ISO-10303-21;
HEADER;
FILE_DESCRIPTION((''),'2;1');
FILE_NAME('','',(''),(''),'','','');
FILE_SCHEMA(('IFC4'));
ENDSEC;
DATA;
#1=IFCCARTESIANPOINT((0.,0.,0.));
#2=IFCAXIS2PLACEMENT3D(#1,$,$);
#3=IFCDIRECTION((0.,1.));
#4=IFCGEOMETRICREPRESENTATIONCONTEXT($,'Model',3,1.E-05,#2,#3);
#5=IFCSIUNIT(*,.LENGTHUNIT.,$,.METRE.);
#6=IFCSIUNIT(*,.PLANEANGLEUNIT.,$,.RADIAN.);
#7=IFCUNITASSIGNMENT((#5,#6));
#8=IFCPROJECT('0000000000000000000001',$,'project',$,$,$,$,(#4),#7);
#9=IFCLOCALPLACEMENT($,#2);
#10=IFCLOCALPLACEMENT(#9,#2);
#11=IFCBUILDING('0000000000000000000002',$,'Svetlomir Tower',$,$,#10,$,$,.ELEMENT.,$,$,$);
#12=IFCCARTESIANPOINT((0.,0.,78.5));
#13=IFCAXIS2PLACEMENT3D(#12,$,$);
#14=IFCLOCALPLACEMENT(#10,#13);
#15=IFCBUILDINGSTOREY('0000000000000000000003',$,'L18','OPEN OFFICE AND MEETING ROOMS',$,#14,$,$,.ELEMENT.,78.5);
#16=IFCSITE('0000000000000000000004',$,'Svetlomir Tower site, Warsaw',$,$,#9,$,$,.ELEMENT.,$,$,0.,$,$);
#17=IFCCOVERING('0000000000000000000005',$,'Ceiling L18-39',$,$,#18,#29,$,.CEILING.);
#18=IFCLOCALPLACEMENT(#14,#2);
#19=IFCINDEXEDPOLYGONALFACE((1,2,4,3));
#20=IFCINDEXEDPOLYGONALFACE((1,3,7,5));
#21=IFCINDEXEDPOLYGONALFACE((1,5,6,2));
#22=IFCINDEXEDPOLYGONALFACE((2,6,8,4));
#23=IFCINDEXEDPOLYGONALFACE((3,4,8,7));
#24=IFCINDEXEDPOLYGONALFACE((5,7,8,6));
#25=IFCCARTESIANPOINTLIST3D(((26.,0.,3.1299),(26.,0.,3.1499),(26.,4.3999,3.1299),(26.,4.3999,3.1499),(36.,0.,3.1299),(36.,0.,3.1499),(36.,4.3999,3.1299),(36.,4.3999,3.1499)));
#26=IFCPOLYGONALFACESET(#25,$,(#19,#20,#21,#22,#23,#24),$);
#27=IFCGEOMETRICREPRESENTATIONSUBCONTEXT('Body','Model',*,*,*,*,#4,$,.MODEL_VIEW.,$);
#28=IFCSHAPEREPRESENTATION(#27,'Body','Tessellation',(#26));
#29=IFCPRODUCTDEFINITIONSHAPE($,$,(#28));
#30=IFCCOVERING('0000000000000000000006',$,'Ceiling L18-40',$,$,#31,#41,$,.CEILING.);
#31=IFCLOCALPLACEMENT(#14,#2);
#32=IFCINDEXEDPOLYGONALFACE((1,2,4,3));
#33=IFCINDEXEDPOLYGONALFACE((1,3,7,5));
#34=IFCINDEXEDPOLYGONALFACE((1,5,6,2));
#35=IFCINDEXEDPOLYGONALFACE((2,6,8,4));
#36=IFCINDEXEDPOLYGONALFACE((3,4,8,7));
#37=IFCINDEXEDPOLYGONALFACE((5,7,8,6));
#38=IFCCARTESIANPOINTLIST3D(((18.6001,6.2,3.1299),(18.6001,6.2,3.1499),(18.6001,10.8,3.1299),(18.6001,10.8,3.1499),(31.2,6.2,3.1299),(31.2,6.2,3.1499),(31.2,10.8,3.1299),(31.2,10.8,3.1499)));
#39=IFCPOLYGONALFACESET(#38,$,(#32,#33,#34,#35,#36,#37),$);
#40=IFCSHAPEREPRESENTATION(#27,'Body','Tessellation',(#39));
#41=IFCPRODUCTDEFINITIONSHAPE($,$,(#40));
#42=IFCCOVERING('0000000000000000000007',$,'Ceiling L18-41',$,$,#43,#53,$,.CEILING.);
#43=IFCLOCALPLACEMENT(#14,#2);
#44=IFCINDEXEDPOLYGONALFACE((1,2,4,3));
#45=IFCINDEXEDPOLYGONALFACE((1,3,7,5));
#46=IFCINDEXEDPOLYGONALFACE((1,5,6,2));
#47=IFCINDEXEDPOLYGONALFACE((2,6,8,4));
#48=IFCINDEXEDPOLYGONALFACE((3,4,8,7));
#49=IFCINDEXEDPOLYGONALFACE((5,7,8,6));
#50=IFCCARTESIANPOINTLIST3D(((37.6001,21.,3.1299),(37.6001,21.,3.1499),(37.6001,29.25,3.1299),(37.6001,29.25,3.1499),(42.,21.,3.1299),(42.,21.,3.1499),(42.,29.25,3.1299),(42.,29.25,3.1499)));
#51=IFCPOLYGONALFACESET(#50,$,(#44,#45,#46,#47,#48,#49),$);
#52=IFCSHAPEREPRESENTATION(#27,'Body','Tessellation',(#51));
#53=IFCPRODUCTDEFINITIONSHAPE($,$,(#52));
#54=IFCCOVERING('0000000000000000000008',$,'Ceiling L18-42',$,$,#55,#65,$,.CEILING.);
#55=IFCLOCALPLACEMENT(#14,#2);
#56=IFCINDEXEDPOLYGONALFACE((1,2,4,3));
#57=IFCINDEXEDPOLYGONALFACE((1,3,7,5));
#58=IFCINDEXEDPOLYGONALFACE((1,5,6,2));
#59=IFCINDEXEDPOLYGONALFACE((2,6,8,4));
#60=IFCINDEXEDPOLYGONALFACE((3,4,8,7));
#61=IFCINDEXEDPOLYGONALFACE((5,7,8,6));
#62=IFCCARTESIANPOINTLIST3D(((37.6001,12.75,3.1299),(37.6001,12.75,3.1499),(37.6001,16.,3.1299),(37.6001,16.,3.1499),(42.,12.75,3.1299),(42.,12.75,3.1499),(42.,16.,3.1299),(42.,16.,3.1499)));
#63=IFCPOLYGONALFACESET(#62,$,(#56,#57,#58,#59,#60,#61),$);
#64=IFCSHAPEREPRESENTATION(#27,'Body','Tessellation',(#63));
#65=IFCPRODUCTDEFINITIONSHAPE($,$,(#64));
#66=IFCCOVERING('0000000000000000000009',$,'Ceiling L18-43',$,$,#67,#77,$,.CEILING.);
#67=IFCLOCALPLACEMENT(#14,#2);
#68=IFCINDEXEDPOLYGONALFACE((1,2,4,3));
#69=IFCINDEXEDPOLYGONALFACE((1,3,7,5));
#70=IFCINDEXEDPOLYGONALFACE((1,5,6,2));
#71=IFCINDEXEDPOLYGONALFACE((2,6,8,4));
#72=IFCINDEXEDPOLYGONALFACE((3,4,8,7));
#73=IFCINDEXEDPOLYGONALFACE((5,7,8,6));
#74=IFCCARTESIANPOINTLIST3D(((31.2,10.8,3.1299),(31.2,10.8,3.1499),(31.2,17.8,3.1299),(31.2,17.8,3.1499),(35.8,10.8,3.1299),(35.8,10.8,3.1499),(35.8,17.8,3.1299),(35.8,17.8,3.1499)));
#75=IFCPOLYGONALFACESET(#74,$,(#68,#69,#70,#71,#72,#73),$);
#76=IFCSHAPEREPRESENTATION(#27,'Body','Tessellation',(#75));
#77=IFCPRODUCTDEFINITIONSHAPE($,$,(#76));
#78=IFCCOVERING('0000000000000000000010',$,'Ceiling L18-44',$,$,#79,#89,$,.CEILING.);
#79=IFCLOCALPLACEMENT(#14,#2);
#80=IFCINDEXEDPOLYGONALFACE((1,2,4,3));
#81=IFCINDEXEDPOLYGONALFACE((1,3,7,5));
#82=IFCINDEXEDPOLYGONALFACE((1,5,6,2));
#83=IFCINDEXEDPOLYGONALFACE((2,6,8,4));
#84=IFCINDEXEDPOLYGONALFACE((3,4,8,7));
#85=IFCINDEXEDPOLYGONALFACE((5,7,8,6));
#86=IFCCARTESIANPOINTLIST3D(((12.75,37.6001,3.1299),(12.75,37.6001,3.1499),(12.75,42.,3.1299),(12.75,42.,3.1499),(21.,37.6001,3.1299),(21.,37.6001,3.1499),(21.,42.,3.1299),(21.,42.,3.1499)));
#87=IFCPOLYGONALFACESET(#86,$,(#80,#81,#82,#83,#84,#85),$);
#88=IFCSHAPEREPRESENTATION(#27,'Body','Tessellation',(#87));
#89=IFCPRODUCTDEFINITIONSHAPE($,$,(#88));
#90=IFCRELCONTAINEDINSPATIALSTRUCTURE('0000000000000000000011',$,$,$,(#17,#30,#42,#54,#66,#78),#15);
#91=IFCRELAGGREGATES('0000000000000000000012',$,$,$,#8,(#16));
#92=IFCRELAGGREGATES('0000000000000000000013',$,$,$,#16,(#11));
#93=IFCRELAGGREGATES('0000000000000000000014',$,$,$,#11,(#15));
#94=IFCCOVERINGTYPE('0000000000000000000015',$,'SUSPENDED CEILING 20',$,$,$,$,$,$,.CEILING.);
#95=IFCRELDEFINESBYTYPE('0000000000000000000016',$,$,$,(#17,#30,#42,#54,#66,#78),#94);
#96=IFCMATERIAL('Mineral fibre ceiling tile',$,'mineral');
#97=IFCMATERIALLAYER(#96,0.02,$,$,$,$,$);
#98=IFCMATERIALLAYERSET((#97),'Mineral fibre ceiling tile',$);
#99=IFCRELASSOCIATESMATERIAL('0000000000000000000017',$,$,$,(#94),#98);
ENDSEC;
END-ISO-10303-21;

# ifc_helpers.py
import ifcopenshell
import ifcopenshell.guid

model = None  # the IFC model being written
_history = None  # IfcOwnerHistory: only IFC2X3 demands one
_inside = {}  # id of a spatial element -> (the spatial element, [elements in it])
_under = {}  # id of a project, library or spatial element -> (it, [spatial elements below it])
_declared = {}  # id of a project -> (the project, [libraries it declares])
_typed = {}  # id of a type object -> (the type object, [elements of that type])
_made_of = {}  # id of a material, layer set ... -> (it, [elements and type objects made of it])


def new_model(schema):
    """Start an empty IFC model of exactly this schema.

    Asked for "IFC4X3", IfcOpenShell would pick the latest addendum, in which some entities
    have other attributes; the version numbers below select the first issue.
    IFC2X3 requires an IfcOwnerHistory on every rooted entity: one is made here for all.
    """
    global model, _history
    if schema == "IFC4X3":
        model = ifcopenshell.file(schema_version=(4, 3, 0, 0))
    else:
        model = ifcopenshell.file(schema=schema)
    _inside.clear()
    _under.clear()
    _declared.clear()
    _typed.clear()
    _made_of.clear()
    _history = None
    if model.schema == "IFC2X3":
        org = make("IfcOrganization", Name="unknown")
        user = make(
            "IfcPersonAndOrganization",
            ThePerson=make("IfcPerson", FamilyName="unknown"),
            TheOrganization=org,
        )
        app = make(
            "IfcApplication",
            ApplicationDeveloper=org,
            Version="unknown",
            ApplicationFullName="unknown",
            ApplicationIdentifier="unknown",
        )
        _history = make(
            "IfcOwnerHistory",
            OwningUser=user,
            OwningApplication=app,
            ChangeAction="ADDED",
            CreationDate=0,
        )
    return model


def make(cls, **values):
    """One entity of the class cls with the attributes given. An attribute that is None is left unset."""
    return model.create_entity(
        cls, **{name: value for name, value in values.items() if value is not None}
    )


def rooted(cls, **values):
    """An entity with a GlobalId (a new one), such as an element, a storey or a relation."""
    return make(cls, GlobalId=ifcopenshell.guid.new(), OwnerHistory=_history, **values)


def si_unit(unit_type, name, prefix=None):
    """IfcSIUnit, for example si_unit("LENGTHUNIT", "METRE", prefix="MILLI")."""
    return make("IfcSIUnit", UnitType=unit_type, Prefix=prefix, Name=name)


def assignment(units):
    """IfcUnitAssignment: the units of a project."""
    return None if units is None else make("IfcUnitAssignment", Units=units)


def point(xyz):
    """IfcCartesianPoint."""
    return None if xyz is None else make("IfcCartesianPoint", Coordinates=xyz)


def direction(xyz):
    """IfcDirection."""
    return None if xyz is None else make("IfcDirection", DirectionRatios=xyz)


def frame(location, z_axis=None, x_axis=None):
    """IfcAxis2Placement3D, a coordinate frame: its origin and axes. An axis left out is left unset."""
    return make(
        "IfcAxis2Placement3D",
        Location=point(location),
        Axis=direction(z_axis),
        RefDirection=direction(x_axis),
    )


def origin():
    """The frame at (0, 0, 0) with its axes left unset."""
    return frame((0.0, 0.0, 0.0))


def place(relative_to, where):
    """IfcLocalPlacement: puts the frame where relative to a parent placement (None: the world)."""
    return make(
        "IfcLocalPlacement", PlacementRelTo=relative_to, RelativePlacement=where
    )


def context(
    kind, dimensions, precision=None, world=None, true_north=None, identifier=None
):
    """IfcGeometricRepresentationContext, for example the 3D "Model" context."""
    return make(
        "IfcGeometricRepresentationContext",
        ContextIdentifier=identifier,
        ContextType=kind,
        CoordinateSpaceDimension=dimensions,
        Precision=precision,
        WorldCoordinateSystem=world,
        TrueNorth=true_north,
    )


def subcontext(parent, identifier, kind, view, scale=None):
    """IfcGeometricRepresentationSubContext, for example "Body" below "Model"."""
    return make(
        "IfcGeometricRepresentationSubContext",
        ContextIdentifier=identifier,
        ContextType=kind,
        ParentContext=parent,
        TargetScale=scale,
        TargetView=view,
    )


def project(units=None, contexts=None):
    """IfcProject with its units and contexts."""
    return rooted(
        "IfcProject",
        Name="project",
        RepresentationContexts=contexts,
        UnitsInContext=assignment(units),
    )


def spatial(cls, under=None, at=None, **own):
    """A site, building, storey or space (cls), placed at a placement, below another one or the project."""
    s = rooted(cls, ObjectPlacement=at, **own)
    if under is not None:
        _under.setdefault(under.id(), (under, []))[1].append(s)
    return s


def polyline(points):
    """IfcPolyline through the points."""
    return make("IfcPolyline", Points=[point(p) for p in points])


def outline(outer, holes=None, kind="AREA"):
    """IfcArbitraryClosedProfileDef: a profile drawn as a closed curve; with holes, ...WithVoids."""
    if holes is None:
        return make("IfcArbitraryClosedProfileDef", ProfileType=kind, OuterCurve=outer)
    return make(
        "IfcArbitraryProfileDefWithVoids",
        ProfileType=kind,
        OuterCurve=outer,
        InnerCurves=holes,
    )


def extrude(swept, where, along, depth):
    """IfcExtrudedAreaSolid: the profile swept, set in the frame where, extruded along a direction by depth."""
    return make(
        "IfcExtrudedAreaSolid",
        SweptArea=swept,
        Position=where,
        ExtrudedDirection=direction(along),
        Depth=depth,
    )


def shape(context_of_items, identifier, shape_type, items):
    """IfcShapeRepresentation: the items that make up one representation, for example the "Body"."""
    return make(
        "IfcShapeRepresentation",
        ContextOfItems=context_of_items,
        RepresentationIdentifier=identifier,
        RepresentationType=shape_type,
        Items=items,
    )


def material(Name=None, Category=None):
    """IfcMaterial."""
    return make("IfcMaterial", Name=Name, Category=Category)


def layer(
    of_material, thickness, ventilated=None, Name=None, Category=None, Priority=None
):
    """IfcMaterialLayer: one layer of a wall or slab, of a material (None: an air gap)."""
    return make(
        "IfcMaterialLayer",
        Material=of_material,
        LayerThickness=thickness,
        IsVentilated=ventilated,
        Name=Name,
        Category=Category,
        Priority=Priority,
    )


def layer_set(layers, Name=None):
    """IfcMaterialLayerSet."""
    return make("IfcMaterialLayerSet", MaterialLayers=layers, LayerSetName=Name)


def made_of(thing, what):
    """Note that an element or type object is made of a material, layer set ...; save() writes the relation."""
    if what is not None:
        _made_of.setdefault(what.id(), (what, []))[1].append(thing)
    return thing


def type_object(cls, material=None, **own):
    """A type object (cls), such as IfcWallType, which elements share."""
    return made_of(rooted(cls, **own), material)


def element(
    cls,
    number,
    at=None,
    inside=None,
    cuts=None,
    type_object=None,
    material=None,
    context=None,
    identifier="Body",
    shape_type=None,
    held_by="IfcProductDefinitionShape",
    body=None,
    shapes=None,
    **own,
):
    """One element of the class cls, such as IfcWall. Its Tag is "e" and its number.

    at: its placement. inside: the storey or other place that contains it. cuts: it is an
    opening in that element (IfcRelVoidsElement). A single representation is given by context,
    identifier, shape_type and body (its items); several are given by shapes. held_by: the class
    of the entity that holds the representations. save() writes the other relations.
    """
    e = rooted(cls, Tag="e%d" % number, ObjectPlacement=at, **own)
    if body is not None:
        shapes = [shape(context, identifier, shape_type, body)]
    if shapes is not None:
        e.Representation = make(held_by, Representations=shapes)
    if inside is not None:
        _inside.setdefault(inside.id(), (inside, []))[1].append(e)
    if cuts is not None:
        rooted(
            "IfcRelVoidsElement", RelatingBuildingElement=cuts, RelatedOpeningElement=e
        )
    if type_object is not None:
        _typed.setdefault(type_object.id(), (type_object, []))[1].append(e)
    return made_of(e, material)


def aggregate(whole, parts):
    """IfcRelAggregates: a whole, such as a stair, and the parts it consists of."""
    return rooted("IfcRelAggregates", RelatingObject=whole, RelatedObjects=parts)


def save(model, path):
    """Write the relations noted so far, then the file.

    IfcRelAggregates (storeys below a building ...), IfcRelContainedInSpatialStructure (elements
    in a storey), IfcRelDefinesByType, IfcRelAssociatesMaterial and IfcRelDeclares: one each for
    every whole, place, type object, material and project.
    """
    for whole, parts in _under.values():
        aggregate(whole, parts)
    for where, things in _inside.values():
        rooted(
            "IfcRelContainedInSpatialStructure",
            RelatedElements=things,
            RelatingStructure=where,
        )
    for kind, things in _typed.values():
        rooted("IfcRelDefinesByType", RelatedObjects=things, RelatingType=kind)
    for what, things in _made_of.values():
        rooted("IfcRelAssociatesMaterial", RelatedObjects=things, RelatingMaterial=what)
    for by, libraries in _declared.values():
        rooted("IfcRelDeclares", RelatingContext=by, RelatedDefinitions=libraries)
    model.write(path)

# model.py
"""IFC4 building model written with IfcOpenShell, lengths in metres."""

from ifc_helpers import new_model, si_unit, direction, frame, origin, place, context, subcontext, project, spatial, polyline, outline, extrude, material, layer, layer_set, type_object, element, save


model = new_model("IFC4")

# Units and contexts
model_context = context("Model", 3, precision=1e-05, world=origin(), true_north=direction((0.0, 1.0)))
body_context = subcontext(model_context, "Body", "Model", "MODEL_VIEW")
ifc_project = project(units=[si_unit("LENGTHUNIT", "METRE"), si_unit("PLANEANGLEUNIT", "RADIAN")], contexts=[model_context])

# Site, building, storey
site_placement = place(None, origin())
site = spatial("IfcSite", under=ifc_project, at=site_placement, Name="Svetlomir Tower site, Warsaw", CompositionType="ELEMENT", RefElevation=0.0)
building_placement = place(site_placement, origin())
building = spatial("IfcBuilding", under=site, at=building_placement, Name="Svetlomir Tower", CompositionType="ELEMENT")
storey_placement = place(building_placement, frame((0.0, 0.0, 78.5)))
storey = spatial("IfcBuildingStorey", under=building, at=storey_placement, Name="L18", Description="OPEN OFFICE AND MEETING ROOMS", CompositionType="ELEMENT", Elevation=78.5)

# Coverings
ifc_material_1 = material(Name="Mineral fibre ceiling tile", Category="mineral")
ifc_layer_1 = layer(ifc_material_1, 0.02)
ifc_layer_set_1 = layer_set([ifc_layer_1], Name="Mineral fibre ceiling tile")
covering_type_1 = type_object("IfcCoveringType", Name="SUSPENDED CEILING 20", PredefinedType="CEILING", material=ifc_layer_set_1)
covering_1_placement = place(storey_placement, frame((0.0, 0.0, 3.1299)))
element("IfcCovering", 1, at=covering_1_placement, inside=storey, type_object=covering_type_1, Name="Ceiling L18-39", PredefinedType="CEILING", context=body_context, shape_type="SweptSolid", body=[
    extrude(outline(polyline([(26.0, 0.0), (26.0, 4.3999), (36.0, 4.3999), (36.0, 0.0), (26.0, 0.0)])), origin(), (0.0, 0.0, 1.0), 0.02),
])
covering_2_placement = place(storey_placement, frame((0.0, 0.0, 3.1299)))
element("IfcCovering", 2, at=covering_2_placement, inside=storey, type_object=covering_type_1, Name="Ceiling L18-40", PredefinedType="CEILING", context=body_context, shape_type="SweptSolid", body=[
    extrude(outline(polyline([(31.2, 10.8), (31.2, 6.2), (18.6001, 6.2), (18.6001, 10.8), (31.2, 10.8)])), origin(), (0.0, 0.0, 1.0), 0.02),
])
covering_3_placement = place(storey_placement, frame((0.0, 0.0, 3.1299)))
element("IfcCovering", 3, at=covering_3_placement, inside=storey, type_object=covering_type_1, Name="Ceiling L18-41", PredefinedType="CEILING", context=body_context, shape_type="SweptSolid", body=[
    extrude(outline(polyline([(42.0, 21.0), (37.6001, 21.0), (37.6001, 29.25), (42.0, 29.25), (42.0, 21.0)])), origin(), (0.0, 0.0, 1.0), 0.02),
])
covering_4_placement = place(storey_placement, frame((0.0, 0.0, 3.1299)))
element("IfcCovering", 4, at=covering_4_placement, inside=storey, type_object=covering_type_1, Name="Ceiling L18-42", PredefinedType="CEILING", context=body_context, shape_type="SweptSolid", body=[
    extrude(outline(polyline([(42.0, 12.75), (37.6001, 12.75), (37.6001, 16.0), (42.0, 16.0), (42.0, 12.75)])), origin(), (0.0, 0.0, 1.0), 0.02),
])
covering_5_placement = place(storey_placement, frame((0.0, 0.0, 3.1299)))
element("IfcCovering", 5, at=covering_5_placement, inside=storey, type_object=covering_type_1, Name="Ceiling L18-43", PredefinedType="CEILING", context=body_context, shape_type="SweptSolid", body=[
    extrude(outline(polyline([(31.2, 10.8), (31.2, 17.8), (35.8, 17.8), (35.8, 10.8), (31.2, 10.8)])), origin(), (0.0, 0.0, 1.0), 0.02),
])
covering_6_placement = place(storey_placement, frame((0.0, 0.0, 3.1299)))
element("IfcCovering", 6, at=covering_6_placement, inside=storey, type_object=covering_type_1, Name="Ceiling L18-44", PredefinedType="CEILING", context=body_context, shape_type="SweptSolid", body=[
    extrude(outline(polyline([(12.75, 37.6001), (12.75, 42.0), (21.0, 42.0), (21.0, 37.6001), (12.75, 37.6001)])), origin(), (0.0, 0.0, 1.0), 0.02),
])

save(model, "model.ifc")
